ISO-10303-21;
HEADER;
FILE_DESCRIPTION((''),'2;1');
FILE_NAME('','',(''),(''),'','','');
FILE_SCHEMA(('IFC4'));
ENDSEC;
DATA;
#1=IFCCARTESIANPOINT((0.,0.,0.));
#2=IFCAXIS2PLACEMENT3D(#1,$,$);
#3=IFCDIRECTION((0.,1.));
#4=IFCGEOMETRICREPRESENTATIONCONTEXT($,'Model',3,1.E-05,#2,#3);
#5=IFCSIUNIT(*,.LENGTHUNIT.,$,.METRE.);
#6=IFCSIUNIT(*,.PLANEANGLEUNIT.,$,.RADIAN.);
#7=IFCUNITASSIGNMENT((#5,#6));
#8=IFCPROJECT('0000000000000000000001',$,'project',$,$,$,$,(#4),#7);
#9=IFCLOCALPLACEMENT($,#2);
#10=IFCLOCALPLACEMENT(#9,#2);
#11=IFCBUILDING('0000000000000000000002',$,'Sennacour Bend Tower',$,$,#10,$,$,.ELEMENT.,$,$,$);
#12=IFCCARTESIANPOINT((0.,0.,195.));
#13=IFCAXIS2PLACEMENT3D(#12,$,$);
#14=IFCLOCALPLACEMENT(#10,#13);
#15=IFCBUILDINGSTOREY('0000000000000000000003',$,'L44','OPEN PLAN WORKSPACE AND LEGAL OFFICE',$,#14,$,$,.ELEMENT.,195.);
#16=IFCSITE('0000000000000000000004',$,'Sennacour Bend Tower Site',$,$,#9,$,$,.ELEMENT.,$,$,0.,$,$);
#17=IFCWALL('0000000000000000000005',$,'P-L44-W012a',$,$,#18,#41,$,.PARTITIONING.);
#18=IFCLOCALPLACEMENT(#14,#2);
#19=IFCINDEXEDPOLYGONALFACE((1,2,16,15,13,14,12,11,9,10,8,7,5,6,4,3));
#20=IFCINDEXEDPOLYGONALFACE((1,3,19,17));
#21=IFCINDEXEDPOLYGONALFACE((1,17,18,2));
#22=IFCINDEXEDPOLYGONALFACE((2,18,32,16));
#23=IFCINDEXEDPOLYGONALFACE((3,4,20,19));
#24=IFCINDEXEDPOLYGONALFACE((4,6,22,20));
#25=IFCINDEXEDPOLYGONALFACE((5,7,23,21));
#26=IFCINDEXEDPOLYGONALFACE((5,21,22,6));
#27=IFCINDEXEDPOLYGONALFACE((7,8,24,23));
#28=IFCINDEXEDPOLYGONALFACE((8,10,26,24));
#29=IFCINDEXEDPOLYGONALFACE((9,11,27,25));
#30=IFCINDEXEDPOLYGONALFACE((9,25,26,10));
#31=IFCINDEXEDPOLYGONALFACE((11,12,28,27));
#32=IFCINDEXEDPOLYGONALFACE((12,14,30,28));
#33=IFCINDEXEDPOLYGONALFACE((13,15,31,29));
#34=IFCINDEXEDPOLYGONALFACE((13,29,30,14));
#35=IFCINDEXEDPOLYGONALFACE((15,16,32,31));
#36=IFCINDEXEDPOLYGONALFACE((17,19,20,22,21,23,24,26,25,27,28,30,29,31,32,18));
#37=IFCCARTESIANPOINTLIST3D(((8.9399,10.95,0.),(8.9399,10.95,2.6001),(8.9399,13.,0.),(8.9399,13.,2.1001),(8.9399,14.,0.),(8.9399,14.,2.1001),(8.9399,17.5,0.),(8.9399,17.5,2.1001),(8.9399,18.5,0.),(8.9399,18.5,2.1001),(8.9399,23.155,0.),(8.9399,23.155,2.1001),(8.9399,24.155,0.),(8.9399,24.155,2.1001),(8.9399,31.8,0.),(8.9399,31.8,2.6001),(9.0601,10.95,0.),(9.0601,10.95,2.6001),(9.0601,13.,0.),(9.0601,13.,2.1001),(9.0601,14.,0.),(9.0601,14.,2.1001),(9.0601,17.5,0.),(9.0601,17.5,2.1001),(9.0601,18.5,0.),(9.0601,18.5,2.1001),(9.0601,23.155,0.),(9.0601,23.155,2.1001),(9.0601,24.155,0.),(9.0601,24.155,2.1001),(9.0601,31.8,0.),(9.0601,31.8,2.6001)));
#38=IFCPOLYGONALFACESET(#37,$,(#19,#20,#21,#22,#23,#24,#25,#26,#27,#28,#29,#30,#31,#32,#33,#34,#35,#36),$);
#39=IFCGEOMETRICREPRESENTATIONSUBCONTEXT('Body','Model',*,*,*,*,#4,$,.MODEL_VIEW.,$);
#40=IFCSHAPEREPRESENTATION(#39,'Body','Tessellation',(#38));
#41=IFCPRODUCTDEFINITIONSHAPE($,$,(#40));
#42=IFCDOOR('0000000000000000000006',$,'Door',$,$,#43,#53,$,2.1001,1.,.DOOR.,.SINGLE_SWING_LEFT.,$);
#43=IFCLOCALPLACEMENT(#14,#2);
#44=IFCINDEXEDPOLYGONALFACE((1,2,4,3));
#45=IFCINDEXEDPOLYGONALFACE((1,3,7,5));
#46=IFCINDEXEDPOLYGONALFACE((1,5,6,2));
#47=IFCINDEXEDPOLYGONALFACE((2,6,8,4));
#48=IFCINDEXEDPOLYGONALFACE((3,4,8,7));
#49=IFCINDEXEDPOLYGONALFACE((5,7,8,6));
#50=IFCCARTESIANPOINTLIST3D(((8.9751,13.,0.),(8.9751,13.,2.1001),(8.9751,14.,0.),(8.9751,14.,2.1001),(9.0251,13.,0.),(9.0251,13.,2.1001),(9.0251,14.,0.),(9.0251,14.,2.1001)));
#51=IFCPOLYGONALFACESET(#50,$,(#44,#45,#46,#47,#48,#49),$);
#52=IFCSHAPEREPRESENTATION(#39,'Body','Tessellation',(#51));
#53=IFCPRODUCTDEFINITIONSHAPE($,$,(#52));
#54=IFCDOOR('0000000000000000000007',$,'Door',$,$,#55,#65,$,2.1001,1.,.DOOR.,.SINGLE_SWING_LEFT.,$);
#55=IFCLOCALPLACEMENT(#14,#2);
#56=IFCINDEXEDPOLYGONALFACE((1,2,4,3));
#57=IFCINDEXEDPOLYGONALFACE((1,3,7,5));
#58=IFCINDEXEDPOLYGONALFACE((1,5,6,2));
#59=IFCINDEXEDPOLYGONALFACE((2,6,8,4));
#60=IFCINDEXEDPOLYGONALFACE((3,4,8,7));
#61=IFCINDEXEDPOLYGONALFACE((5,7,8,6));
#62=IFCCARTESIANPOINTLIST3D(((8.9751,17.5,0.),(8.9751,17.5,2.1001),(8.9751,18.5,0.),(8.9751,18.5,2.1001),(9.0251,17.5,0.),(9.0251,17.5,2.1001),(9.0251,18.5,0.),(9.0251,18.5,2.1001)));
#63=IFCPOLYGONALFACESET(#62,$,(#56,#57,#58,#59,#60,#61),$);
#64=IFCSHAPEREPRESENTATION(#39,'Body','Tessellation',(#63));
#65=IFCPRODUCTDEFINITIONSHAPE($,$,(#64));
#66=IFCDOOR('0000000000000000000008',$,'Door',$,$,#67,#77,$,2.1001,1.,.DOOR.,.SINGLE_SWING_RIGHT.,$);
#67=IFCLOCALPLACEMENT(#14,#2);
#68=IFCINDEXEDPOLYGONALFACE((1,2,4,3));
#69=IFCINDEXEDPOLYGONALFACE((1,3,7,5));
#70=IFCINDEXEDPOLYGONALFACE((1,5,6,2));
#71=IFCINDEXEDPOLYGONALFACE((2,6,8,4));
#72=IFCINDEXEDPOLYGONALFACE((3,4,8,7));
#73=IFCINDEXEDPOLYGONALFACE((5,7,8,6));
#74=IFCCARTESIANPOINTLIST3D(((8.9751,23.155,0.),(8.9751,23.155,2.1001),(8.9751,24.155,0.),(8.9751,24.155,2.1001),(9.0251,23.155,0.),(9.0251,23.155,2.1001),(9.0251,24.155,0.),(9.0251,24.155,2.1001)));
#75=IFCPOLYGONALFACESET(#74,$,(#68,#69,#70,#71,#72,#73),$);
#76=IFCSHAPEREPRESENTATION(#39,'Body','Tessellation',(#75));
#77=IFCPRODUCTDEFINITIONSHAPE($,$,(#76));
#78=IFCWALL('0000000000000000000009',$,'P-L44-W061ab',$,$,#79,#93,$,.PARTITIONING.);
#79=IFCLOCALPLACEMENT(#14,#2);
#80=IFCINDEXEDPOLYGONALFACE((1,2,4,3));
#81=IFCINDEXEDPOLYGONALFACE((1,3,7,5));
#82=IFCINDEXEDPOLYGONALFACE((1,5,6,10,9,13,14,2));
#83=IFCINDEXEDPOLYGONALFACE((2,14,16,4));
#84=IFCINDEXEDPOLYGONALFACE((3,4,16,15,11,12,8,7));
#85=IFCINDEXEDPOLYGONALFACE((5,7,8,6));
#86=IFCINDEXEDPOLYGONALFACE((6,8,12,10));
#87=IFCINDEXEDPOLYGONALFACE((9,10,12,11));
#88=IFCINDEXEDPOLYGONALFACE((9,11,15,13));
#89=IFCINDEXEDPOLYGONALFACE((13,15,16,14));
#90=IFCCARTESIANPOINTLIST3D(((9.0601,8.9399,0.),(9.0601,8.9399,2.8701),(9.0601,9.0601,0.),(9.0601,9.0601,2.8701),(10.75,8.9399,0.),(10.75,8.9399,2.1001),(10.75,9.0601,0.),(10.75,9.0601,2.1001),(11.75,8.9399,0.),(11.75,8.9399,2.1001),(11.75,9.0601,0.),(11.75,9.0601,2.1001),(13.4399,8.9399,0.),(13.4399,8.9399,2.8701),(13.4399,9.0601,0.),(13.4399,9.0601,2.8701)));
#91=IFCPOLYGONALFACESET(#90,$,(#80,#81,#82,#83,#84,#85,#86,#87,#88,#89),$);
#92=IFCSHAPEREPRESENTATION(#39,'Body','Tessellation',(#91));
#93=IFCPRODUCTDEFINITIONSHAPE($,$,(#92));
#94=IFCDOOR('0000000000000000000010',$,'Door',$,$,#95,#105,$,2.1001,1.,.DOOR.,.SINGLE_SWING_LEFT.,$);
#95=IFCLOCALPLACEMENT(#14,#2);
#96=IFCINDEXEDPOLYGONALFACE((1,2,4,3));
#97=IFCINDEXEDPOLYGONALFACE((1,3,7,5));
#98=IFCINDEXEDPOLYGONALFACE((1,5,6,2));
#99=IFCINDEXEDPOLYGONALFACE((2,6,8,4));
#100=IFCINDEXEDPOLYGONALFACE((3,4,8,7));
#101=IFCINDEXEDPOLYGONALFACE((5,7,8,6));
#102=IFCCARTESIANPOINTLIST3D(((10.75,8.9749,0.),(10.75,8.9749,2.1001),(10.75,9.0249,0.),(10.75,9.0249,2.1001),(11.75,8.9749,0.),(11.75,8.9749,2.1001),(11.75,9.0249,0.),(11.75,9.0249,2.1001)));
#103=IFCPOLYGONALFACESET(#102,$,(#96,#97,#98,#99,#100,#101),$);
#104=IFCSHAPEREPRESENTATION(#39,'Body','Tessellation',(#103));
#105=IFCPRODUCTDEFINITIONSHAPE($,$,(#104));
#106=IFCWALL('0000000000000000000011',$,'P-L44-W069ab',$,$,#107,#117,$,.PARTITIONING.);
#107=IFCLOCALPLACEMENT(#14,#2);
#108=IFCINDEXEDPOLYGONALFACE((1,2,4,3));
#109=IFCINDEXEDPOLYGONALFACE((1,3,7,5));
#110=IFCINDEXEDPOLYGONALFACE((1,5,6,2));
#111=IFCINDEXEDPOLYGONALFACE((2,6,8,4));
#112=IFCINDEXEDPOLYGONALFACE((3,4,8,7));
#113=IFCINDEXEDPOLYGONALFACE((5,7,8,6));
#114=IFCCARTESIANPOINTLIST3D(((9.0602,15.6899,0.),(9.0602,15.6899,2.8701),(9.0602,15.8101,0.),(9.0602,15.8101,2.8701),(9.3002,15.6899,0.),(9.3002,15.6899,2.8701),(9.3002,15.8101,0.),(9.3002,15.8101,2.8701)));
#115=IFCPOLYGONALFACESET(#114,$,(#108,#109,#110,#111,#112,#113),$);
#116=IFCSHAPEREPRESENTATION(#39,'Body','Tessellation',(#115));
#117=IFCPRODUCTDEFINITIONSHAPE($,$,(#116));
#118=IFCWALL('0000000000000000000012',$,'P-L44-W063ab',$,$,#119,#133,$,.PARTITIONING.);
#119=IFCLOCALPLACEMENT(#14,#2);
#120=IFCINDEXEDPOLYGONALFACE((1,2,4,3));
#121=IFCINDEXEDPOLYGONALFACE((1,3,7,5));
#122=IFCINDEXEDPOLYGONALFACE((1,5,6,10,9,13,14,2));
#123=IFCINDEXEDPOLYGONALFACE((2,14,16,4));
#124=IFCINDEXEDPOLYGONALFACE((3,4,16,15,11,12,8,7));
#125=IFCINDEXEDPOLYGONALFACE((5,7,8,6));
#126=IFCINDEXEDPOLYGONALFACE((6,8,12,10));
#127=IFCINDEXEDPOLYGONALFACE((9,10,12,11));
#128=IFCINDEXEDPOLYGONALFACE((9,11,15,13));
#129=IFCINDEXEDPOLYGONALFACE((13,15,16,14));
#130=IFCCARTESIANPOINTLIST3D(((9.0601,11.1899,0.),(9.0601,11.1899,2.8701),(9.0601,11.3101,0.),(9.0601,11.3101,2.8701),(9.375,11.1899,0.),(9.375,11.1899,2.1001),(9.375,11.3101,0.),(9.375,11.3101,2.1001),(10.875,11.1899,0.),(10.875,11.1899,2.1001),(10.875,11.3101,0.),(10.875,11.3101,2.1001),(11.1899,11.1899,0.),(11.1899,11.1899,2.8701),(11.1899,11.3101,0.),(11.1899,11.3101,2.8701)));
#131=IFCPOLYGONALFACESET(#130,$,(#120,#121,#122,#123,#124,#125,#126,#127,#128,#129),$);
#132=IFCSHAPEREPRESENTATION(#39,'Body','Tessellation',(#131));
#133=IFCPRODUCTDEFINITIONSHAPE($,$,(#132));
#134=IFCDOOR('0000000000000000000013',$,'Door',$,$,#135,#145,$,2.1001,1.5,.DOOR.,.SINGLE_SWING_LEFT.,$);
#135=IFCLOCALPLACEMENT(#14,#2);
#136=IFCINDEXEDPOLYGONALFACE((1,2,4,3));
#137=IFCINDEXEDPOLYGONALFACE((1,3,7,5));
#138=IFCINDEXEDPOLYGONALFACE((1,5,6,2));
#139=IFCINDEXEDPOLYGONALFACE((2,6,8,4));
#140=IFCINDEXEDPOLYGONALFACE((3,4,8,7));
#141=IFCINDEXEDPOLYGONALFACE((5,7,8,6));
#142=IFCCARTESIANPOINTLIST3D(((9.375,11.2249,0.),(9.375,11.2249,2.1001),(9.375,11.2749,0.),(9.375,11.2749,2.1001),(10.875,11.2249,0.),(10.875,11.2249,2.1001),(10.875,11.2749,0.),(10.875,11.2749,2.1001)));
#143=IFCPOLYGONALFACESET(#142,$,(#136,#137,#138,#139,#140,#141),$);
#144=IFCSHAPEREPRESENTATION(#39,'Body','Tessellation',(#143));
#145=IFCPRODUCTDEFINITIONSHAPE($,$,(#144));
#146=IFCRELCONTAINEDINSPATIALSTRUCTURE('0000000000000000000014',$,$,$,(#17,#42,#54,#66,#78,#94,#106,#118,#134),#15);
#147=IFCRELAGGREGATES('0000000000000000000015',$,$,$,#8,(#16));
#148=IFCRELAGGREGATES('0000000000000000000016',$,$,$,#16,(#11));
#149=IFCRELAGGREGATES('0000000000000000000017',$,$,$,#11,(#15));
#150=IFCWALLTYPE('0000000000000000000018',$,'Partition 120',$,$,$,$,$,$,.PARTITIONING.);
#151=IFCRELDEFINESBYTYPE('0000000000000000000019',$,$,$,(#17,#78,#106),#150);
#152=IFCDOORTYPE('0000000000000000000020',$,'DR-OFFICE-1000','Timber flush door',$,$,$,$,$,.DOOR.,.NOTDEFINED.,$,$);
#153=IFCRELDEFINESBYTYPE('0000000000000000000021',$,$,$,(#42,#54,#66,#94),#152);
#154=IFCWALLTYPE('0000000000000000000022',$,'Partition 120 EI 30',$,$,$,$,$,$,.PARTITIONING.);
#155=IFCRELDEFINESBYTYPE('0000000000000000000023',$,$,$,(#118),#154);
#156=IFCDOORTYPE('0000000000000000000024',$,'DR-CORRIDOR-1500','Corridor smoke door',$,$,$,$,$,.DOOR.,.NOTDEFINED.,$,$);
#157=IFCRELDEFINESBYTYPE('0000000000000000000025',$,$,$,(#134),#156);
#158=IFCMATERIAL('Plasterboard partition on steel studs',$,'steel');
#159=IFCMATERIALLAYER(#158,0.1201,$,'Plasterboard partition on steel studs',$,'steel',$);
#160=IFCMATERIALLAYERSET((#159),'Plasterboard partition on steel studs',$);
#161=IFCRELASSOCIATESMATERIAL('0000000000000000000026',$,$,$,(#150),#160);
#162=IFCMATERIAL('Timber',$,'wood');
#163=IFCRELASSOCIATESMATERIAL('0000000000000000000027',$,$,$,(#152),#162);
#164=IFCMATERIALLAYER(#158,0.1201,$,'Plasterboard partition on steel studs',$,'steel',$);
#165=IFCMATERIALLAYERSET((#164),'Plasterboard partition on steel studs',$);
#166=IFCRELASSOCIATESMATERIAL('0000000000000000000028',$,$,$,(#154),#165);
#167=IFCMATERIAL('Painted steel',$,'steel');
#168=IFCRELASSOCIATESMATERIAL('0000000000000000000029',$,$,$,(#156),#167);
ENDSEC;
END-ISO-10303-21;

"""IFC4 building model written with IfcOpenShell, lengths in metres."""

from ifc_helpers import new_model, si_unit, direction, frame, frame_2d, origin, place, context, subcontext, project, spatial, rectangle, extrude, material, layer, layer_set, type_object, element, fill, save


model = new_model("IFC4")

# Units and contexts
model_context = context("Model", 3, precision=1e-05, world=origin(), true_north=direction((0.0, 1.0)))
body_context = subcontext(model_context, "Body", "Model", "MODEL_VIEW")
ifc_project = project(units=[si_unit("LENGTHUNIT", "METRE"), si_unit("PLANEANGLEUNIT", "RADIAN")], contexts=[model_context])

# Site, building, storey
site_placement = place(None, origin())
site = spatial("IfcSite", under=ifc_project, at=site_placement, Name="Sennacour Bend Tower Site", CompositionType="ELEMENT", RefElevation=0.0)
building_placement = place(site_placement, origin())
building = spatial("IfcBuilding", under=site, at=building_placement, Name="Sennacour Bend Tower", CompositionType="ELEMENT")
storey_placement = place(building_placement, frame((0.0, 0.0, 195.0)))
storey = spatial("IfcBuildingStorey", under=building, at=storey_placement, Name="L44", Description="OPEN PLAN WORKSPACE AND LEGAL OFFICE", CompositionType="ELEMENT", Elevation=195.0)

# Shared definitions
ifc_material_1 = material(Name="Plasterboard partition on steel studs", Category="steel")
ifc_layer_1 = layer(ifc_material_1, 0.1201, Name="Plasterboard partition on steel studs", Category="steel")
ifc_layer_set_1 = layer_set([ifc_layer_1], Name="Plasterboard partition on steel studs")
wall_type_1 = type_object("IfcWallType", Name="Partition 120", PredefinedType="PARTITIONING", material=ifc_layer_set_1)

# Wall, openings, doors
wall_1_placement = place(storey_placement, frame((9.0, 10.95, 0.0), z_axis=(0.0, 0.0, 1.0), x_axis=(0.0, 1.0, 0.0)))
wall_1 = element("IfcWall", 1, at=wall_1_placement, inside=storey, type_object=wall_type_1, Name="P-L44-W012a", PredefinedType="PARTITIONING", context=body_context, shape_type="SweptSolid", body=[
    extrude(rectangle(XDim=20.8501, YDim=0.1201, at=frame_2d((10.425, 0.0))), origin(), (0.0, 0.0, 1.0), 2.6001),
])
opening_1_placement = place(wall_1_placement, frame((2.05, 0.0, 0.0)))
opening_1 = element("IfcOpeningElement", 2, at=opening_1_placement, cuts=wall_1, PredefinedType="OPENING", context=body_context, shape_type="SweptSolid", body=[
    extrude(rectangle(XDim=1.0, YDim=2.1001, at=frame_2d((0.5, 1.05))), frame((0.0, 0.0701, 0.0), z_axis=(0.0, -1.0, 0.0), x_axis=(1.0, 0.0, 0.0)), (0.0, 0.0, 1.0), 0.1401),
])
opening_2_placement = place(wall_1_placement, frame((6.55, 0.0, 0.0)))
opening_2 = element("IfcOpeningElement", 3, at=opening_2_placement, cuts=wall_1, PredefinedType="OPENING", context=body_context, shape_type="SweptSolid", body=[
    extrude(rectangle(XDim=1.0, YDim=2.1001, at=frame_2d((0.5, 1.05))), frame((0.0, 0.0701, 0.0), z_axis=(0.0, -1.0, 0.0), x_axis=(1.0, 0.0, 0.0)), (0.0, 0.0, 1.0), 0.1401),
])
opening_3_placement = place(wall_1_placement, frame((12.2051, 0.0, 0.0)))
opening_3 = element("IfcOpeningElement", 4, at=opening_3_placement, cuts=wall_1, PredefinedType="OPENING", context=body_context, shape_type="SweptSolid", body=[
    extrude(rectangle(XDim=1.0, YDim=2.1001, at=frame_2d((0.5, 1.05))), frame((0.0, 0.0701, 0.0), z_axis=(0.0, -1.0, 0.0), x_axis=(1.0, 0.0, 0.0)), (0.0, 0.0, 1.0), 0.1401),
])
ifc_material_2 = material(Name="Timber", Category="wood")
door_type_1 = type_object("IfcDoorType", Name="DR-OFFICE-1000", Description="Timber flush door", OperationType="NOTDEFINED", PredefinedType="DOOR", material=ifc_material_2)
door_1_placement = place(opening_1_placement, origin())
door_1 = element("IfcDoor", 5, at=door_1_placement, inside=storey, type_object=door_type_1, Name="Door", OperationType="SINGLE_SWING_LEFT", OverallHeight=2.1001, OverallWidth=1.0, PredefinedType="DOOR", context=body_context, shape_type="SweptSolid", body=[
    extrude(rectangle(XDim=1.0, YDim=2.1001, at=frame_2d((0.5, 1.05))), frame((0.0, 0.0249, 0.0), z_axis=(0.0, -1.0, 0.0), x_axis=(1.0, 0.0, 0.0)), (0.0, 0.0, 1.0), 0.05),
])
fill(opening_1, door_1)
door_2_placement = place(opening_2_placement, origin())
door_2 = element("IfcDoor", 6, at=door_2_placement, inside=storey, type_object=door_type_1, Name="Door", OperationType="SINGLE_SWING_LEFT", OverallHeight=2.1001, OverallWidth=1.0, PredefinedType="DOOR", context=body_context, shape_type="SweptSolid", body=[
    extrude(rectangle(XDim=1.0, YDim=2.1001, at=frame_2d((0.5, 1.05))), frame((0.0, 0.0249, 0.0), z_axis=(0.0, -1.0, 0.0), x_axis=(1.0, 0.0, 0.0)), (0.0, 0.0, 1.0), 0.05),
])
fill(opening_2, door_2)
door_3_placement = place(opening_3_placement, origin())
door_3 = element("IfcDoor", 7, at=door_3_placement, inside=storey, type_object=door_type_1, Name="Door", OperationType="SINGLE_SWING_RIGHT", OverallHeight=2.1001, OverallWidth=1.0, PredefinedType="DOOR", context=body_context, shape_type="SweptSolid", body=[
    extrude(rectangle(XDim=1.0, YDim=2.1001, at=frame_2d((0.5, 1.05))), frame((0.0, 0.0249, 0.0), z_axis=(0.0, -1.0, 0.0), x_axis=(1.0, 0.0, 0.0)), (0.0, 0.0, 1.0), 0.05),
])
fill(opening_3, door_3)

# Wall, opening, door
wall_2_placement = place(storey_placement, frame((9.0601, 9.0, 0.0), z_axis=(0.0, 0.0, 1.0), x_axis=(1.0, 0.0, 0.0)))
wall_2 = element("IfcWall", 8, at=wall_2_placement, inside=storey, type_object=wall_type_1, Name="P-L44-W061ab", PredefinedType="PARTITIONING", context=body_context, shape_type="SweptSolid", body=[
    extrude(rectangle(XDim=4.3799, YDim=0.1201, at=frame_2d((2.1899, 0.0))), origin(), (0.0, 0.0, 1.0), 2.8701),
])
opening_4_placement = place(wall_2_placement, frame((1.6899, 0.0, 0.0)))
opening_4 = element("IfcOpeningElement", 9, at=opening_4_placement, cuts=wall_2, PredefinedType="OPENING", context=body_context, shape_type="SweptSolid", body=[
    extrude(rectangle(XDim=1.0, YDim=2.1001, at=frame_2d((0.5, 1.05))), frame((0.0, 0.0701, 0.0), z_axis=(0.0, -1.0, 0.0), x_axis=(1.0, 0.0, 0.0)), (0.0, 0.0, 1.0), 0.1401),
])
door_4_placement = place(opening_4_placement, origin())
door_4 = element("IfcDoor", 10, at=door_4_placement, inside=storey, type_object=door_type_1, Name="Door", OperationType="SINGLE_SWING_LEFT", OverallHeight=2.1001, OverallWidth=1.0, PredefinedType="DOOR", context=body_context, shape_type="SweptSolid", body=[
    extrude(rectangle(XDim=1.0, YDim=2.1001, at=frame_2d((0.5, 1.05))), frame((0.0, 0.0249, 0.0), z_axis=(0.0, -1.0, 0.0), x_axis=(1.0, 0.0, 0.0)), (0.0, 0.0, 1.0), 0.05),
])
fill(opening_4, door_4)

# Wall
wall_3_placement = place(storey_placement, frame((9.0601, 15.75, 0.0), z_axis=(0.0, 0.0, 1.0), x_axis=(1.0, 0.0, 0.0)))
element("IfcWall", 11, at=wall_3_placement, inside=storey, type_object=wall_type_1, Name="P-L44-W069ab", PredefinedType="PARTITIONING", context=body_context, shape_type="SweptSolid", body=[
    extrude(rectangle(XDim=0.24, YDim=0.1201, at=frame_2d((0.1201, 0.0))), origin(), (0.0, 0.0, 1.0), 2.8701),
])

# Wall, opening, door
ifc_layer_2 = layer(ifc_material_1, 0.1201, Name="Plasterboard partition on steel studs", Category="steel")
ifc_layer_set_2 = layer_set([ifc_layer_2], Name="Plasterboard partition on steel studs")
wall_type_2 = type_object("IfcWallType", Name="Partition 120 EI 30", PredefinedType="PARTITIONING", material=ifc_layer_set_2)
wall_4_placement = place(storey_placement, frame((9.0601, 11.25, 0.0), z_axis=(0.0, 0.0, 1.0), x_axis=(1.0, 0.0, 0.0)))
wall_4 = element("IfcWall", 12, at=wall_4_placement, inside=storey, type_object=wall_type_2, Name="P-L44-W063ab", PredefinedType="PARTITIONING", context=body_context, shape_type="SweptSolid", body=[
    extrude(rectangle(XDim=2.1299, YDim=0.1201, at=frame_2d((1.0649, 0.0))), origin(), (0.0, 0.0, 1.0), 2.8701),
])
opening_5_placement = place(wall_4_placement, frame((0.3149, 0.0, 0.0)))
opening_5 = element("IfcOpeningElement", 13, at=opening_5_placement, cuts=wall_4, PredefinedType="OPENING", context=body_context, shape_type="SweptSolid", body=[
    extrude(rectangle(XDim=1.5, YDim=2.1001, at=frame_2d((0.75, 1.05))), frame((0.0, 0.0701, 0.0), z_axis=(0.0, -1.0, 0.0), x_axis=(1.0, 0.0, 0.0)), (0.0, 0.0, 1.0), 0.1401),
])
ifc_material_3 = material(Name="Painted steel", Category="steel")
door_type_2 = type_object("IfcDoorType", Name="DR-CORRIDOR-1500", Description="Corridor smoke door", OperationType="NOTDEFINED", PredefinedType="DOOR", material=ifc_material_3)
door_5_placement = place(opening_5_placement, origin())
door_5 = element("IfcDoor", 14, at=door_5_placement, inside=storey, type_object=door_type_2, Name="Door", OperationType="SINGLE_SWING_LEFT", OverallHeight=2.1001, OverallWidth=1.5, PredefinedType="DOOR", context=body_context, shape_type="SweptSolid", body=[
    extrude(rectangle(XDim=1.5, YDim=2.1001, at=frame_2d((0.75, 1.05))), frame((0.0, 0.0249, 0.0), z_axis=(0.0, -1.0, 0.0), x_axis=(1.0, 0.0, 0.0)), (0.0, 0.0, 1.0), 0.05),
])
fill(opening_5, door_5)

save(model, "model.ifc")
